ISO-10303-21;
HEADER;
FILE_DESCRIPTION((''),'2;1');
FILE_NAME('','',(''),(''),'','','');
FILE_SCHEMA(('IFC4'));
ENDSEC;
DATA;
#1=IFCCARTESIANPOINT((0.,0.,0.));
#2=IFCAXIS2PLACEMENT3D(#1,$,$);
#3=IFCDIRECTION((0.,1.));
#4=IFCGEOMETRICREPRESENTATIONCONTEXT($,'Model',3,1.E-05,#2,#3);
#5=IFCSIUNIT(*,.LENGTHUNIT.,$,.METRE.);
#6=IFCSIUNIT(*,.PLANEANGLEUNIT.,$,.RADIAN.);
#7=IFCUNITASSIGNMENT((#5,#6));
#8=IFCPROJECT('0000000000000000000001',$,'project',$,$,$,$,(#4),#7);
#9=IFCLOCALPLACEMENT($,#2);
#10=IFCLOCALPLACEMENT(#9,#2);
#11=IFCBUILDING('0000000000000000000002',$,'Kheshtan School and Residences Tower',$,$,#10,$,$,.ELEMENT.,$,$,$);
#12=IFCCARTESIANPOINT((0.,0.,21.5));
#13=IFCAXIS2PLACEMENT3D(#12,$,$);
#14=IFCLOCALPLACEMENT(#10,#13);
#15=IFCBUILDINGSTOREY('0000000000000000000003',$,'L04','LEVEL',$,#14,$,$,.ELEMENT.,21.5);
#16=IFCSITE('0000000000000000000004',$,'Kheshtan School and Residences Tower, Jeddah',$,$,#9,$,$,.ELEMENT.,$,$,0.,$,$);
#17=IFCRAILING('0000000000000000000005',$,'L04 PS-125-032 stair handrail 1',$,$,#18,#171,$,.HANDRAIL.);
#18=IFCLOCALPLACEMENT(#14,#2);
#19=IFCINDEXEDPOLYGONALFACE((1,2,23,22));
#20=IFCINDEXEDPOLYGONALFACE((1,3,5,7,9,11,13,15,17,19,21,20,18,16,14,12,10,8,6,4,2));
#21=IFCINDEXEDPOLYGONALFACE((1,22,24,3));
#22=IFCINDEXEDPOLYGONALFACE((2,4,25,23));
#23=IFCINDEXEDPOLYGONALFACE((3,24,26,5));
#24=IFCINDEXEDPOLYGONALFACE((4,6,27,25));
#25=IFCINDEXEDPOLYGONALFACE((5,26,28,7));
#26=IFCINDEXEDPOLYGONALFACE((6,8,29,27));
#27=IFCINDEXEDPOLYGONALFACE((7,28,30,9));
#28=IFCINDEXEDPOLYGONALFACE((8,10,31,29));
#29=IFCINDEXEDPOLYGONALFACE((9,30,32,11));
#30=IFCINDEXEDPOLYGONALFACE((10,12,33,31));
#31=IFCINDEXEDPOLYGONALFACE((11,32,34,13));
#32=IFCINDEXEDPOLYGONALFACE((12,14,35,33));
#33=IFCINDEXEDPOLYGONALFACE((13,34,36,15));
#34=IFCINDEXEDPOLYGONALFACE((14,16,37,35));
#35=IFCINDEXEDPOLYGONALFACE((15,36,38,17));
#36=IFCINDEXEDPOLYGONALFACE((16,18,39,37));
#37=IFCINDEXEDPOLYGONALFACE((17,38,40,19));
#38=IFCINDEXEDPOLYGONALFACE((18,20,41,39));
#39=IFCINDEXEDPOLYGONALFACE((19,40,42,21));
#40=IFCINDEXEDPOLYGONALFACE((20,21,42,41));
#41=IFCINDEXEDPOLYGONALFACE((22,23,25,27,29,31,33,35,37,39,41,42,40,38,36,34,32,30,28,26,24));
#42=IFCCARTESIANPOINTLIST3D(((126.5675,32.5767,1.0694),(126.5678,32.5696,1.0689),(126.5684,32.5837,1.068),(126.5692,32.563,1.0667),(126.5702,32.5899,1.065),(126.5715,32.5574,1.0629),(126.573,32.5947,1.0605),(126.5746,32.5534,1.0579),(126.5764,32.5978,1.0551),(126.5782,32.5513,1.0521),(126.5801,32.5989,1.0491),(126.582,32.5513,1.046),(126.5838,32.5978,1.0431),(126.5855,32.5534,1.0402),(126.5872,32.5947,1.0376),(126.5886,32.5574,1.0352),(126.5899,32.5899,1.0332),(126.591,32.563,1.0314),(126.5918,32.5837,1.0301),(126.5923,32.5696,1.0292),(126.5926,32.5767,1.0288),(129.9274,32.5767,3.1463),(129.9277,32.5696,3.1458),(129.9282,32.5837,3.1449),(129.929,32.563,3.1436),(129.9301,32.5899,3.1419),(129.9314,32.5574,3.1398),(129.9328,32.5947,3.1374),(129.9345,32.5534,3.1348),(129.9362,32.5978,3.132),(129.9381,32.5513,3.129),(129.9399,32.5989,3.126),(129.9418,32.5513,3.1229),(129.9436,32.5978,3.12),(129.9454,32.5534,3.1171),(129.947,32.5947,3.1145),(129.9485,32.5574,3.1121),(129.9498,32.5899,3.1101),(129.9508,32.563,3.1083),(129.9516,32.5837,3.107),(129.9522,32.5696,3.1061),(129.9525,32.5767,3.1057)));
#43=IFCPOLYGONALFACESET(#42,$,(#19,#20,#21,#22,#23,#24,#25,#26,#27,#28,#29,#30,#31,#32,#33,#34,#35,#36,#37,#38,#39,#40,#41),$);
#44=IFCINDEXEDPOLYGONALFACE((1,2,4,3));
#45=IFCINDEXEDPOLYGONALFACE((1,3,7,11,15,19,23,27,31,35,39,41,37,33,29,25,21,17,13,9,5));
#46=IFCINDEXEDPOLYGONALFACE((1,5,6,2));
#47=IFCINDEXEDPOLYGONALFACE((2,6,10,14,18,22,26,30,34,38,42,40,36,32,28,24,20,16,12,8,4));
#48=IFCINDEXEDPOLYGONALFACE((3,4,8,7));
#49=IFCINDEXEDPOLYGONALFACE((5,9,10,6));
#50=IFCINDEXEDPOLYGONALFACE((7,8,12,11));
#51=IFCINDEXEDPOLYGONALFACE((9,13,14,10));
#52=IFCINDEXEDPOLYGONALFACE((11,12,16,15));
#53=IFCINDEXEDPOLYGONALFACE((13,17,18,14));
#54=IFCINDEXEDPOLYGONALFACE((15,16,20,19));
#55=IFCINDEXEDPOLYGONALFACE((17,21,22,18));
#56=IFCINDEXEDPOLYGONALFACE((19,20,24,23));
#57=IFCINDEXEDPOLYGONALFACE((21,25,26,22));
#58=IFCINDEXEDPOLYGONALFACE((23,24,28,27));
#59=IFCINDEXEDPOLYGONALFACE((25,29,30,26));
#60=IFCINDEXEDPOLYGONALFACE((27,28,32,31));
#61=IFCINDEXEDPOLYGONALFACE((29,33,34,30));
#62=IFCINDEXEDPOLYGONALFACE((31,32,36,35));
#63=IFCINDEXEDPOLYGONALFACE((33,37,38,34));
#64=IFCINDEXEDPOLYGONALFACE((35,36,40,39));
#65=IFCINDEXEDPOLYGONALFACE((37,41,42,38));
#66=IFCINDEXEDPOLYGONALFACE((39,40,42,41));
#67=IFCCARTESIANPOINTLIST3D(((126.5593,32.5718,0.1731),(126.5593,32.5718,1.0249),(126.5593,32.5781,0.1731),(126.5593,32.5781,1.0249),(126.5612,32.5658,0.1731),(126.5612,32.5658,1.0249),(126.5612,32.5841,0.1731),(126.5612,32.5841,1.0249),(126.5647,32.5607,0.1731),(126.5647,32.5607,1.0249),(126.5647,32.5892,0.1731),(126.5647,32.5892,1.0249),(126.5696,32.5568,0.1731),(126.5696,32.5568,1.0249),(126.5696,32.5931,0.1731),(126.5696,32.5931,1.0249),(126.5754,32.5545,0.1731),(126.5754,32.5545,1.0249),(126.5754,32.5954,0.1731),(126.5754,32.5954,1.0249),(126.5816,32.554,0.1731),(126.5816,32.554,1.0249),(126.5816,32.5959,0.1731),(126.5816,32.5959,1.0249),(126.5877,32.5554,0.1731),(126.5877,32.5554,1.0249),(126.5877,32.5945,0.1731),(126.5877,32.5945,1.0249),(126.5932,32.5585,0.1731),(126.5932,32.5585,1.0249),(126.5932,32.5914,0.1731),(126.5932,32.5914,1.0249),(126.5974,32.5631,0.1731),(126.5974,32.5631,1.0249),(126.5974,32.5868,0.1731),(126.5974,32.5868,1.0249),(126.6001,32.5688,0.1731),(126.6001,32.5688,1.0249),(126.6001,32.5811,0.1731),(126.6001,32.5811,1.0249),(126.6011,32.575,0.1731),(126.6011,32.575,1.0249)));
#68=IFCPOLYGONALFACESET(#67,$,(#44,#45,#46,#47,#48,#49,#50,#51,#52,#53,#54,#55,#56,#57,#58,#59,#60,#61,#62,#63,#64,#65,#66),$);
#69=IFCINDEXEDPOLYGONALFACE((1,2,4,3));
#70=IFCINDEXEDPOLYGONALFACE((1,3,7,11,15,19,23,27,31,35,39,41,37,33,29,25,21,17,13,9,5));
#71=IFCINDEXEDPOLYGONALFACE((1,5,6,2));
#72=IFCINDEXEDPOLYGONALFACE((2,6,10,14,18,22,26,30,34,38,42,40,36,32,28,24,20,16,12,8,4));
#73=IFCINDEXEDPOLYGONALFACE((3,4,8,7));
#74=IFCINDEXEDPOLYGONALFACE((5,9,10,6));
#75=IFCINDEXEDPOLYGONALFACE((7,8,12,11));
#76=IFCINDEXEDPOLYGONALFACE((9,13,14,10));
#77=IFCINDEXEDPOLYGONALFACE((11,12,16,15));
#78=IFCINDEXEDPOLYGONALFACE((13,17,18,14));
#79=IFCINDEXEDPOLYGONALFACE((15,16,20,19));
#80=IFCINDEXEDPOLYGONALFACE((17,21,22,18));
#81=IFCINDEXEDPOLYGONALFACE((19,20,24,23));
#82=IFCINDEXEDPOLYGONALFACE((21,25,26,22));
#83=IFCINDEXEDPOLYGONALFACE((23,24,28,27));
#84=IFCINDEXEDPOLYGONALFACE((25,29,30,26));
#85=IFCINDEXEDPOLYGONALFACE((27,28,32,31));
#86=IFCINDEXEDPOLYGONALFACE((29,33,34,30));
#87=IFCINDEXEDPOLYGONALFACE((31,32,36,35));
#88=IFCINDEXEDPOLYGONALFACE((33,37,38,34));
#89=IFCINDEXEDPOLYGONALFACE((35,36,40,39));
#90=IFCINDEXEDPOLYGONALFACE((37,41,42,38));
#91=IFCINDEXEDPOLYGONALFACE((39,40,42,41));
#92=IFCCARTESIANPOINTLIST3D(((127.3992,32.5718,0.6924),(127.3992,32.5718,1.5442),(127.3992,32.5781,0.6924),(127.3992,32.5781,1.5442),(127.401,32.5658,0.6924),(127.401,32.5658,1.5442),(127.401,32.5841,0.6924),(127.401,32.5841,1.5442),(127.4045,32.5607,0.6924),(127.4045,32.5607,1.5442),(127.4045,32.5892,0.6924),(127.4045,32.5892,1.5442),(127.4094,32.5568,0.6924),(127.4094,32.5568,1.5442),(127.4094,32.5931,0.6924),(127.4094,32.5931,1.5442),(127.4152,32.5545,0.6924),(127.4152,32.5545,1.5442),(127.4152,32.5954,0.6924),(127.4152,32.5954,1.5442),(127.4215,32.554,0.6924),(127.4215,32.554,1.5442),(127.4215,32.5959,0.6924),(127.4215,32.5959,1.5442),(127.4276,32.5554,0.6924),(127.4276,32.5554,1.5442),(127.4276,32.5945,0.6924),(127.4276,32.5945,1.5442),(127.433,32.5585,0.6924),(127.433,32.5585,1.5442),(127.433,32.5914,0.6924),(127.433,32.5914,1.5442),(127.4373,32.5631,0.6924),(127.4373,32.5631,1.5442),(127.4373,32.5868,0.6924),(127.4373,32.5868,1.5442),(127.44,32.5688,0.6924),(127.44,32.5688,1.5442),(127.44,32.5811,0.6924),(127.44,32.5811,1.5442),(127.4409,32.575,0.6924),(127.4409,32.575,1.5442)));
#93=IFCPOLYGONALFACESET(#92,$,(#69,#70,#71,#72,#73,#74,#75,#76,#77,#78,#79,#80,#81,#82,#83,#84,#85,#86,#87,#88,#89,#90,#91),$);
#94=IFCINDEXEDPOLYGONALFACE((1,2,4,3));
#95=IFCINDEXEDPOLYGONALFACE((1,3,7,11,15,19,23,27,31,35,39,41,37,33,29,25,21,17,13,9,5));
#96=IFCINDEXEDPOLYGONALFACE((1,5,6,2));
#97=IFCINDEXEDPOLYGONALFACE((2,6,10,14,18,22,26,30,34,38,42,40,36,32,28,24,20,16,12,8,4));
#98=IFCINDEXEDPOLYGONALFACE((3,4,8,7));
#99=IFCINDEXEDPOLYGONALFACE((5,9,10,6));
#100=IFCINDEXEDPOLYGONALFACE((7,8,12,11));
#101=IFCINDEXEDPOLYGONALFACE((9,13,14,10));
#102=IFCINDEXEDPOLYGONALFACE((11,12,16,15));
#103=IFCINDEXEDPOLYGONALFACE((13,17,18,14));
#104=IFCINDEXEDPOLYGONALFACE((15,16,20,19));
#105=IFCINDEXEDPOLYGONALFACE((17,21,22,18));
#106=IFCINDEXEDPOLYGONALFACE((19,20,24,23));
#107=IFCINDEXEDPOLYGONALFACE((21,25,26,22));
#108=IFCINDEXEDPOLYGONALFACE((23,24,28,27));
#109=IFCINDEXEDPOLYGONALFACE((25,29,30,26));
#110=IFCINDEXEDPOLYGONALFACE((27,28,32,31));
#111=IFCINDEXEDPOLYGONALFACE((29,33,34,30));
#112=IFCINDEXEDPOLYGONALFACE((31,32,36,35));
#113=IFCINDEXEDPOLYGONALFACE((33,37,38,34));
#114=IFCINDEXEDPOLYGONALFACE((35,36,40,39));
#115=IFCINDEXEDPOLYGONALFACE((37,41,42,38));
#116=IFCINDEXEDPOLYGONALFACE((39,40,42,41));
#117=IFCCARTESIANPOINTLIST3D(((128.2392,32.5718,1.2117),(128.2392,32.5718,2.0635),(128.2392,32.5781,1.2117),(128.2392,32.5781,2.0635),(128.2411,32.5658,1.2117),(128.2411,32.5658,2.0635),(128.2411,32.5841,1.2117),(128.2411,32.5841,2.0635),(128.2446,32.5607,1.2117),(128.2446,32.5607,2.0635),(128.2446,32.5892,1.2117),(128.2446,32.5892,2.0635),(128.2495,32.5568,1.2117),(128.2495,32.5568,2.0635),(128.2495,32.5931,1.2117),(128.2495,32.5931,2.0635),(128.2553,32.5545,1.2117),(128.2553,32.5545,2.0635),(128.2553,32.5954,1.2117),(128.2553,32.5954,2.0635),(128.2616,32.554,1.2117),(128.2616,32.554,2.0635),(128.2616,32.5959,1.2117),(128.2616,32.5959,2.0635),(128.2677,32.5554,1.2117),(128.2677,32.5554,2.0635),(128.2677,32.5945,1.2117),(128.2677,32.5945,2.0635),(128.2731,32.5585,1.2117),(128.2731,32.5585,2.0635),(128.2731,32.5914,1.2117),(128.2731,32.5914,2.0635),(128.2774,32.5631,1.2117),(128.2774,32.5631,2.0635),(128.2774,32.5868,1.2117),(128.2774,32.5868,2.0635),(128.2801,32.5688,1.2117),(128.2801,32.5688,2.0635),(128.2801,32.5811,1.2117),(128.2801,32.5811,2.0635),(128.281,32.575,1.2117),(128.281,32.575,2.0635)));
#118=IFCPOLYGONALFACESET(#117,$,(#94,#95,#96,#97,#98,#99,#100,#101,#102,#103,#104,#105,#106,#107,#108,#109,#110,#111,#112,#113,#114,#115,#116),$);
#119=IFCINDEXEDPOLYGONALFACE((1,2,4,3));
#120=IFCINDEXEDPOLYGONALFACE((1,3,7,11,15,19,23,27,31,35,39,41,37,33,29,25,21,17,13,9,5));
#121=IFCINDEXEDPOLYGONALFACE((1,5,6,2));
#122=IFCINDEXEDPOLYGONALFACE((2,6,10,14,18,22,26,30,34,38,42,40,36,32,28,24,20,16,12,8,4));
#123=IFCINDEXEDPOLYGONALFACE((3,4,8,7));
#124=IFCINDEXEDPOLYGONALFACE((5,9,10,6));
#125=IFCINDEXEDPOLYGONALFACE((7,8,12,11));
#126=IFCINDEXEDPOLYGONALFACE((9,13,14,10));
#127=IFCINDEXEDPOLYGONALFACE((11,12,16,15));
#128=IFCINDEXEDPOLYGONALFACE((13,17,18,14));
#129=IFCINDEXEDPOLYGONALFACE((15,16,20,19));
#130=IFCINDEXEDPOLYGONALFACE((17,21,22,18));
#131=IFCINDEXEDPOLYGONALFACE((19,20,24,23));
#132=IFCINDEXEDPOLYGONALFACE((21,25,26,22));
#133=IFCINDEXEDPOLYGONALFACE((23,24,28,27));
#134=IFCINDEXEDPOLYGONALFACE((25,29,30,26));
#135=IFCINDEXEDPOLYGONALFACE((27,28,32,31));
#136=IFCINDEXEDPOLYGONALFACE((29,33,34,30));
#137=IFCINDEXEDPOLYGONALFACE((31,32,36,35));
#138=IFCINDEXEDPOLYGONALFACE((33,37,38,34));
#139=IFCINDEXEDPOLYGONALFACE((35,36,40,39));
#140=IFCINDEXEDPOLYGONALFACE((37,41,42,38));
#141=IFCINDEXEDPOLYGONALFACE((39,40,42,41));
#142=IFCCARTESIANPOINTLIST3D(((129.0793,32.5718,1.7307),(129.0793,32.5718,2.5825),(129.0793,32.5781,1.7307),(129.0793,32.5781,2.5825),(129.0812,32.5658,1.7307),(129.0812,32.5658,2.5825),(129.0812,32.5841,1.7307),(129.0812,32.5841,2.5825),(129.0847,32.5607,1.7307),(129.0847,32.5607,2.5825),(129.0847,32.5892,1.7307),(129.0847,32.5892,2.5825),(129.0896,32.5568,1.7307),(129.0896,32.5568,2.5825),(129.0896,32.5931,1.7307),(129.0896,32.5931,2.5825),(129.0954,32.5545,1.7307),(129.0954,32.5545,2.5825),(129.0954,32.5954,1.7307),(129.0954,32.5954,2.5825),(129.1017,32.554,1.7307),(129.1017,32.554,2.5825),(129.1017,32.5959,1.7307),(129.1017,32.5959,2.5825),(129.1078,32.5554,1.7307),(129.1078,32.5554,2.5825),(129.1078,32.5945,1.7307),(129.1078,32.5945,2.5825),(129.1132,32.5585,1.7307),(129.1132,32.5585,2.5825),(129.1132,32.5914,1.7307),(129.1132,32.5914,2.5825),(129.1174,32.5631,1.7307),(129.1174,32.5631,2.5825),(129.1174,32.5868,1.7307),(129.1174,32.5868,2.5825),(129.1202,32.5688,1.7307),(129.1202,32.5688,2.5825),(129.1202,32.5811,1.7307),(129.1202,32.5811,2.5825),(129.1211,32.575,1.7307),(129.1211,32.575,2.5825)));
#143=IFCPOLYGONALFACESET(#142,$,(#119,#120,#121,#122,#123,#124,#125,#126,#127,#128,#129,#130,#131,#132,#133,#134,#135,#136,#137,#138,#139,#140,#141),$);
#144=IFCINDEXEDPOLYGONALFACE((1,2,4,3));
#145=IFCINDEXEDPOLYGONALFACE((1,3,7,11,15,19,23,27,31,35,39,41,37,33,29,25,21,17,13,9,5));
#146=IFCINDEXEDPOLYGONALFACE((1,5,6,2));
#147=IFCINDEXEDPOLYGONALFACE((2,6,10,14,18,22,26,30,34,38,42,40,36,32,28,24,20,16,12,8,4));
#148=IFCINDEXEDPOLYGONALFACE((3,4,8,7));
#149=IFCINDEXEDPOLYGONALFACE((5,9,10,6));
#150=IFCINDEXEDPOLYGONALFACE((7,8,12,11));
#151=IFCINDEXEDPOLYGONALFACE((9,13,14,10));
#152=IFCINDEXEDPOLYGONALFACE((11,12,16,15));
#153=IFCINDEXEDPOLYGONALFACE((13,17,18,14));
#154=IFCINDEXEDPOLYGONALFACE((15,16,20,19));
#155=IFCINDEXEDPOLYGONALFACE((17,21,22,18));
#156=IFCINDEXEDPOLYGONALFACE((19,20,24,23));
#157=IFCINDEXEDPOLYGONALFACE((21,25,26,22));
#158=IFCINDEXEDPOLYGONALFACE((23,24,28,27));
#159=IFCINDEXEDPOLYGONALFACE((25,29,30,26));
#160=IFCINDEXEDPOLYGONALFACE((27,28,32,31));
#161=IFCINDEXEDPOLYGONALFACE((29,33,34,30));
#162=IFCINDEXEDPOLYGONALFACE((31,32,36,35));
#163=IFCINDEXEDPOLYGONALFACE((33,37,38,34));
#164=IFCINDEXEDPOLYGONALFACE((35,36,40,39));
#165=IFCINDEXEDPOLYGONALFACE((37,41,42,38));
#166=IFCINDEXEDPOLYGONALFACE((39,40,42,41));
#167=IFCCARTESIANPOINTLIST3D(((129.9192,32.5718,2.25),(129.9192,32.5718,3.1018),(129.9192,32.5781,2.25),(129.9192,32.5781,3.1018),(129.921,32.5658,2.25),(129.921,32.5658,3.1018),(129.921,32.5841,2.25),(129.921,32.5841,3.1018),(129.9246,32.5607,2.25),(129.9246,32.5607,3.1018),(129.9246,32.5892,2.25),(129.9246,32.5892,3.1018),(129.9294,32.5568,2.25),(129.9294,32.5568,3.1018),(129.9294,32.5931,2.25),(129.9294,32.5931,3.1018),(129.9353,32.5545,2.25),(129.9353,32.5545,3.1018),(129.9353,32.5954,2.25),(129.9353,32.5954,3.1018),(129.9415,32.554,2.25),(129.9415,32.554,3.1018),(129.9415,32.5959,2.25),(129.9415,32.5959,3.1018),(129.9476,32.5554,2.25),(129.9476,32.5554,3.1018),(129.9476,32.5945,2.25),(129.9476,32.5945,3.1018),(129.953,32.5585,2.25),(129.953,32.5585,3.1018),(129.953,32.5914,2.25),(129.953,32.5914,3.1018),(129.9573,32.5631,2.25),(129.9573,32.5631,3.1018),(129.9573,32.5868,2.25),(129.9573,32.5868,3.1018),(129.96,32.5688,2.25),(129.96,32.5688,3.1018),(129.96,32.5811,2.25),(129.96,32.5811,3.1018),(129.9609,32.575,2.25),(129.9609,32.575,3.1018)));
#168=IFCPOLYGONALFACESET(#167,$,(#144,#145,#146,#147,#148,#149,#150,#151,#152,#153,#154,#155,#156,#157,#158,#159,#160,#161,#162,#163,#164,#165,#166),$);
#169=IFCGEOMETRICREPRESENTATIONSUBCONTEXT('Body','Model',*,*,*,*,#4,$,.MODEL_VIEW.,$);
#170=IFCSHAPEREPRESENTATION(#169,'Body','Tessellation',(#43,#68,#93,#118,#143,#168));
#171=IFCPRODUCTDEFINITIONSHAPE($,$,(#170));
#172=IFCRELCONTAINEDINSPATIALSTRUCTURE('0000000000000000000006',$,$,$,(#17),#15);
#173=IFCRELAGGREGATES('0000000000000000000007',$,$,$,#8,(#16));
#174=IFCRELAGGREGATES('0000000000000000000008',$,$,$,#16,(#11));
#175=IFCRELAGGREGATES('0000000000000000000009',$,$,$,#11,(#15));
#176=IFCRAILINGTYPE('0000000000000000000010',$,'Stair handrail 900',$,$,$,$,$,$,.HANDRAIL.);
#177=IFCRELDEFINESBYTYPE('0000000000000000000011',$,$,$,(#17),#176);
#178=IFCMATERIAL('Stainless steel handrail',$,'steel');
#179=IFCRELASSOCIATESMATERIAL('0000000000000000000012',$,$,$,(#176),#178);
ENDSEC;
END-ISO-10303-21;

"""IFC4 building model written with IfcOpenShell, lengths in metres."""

from ifc_helpers import new_model, si_unit, direction, frame, origin, origin_2d, place, context, subcontext, project, spatial, circle, extrude, material, type_object, element, save


model = new_model("IFC4")

# Units and contexts
model_context = context("Model", 3, precision=1e-05, world=origin(), true_north=direction((0.0, 1.0)))
body_context = subcontext(model_context, "Body", "Model", "MODEL_VIEW")
ifc_project = project(units=[si_unit("LENGTHUNIT", "METRE"), si_unit("PLANEANGLEUNIT", "RADIAN")], contexts=[model_context])

# Site, building, storey
site_placement = place(None, origin())
site = spatial("IfcSite", under=ifc_project, at=site_placement, Name="Kheshtan School and Residences Tower, Jeddah", CompositionType="ELEMENT", RefElevation=0.0)
building_placement = place(site_placement, origin())
building = spatial("IfcBuilding", under=site, at=building_placement, Name="Kheshtan School and Residences Tower", CompositionType="ELEMENT")
storey_placement = place(building_placement, frame((0.0, 0.0, 21.5)))
storey = spatial("IfcBuildingStorey", under=building, at=storey_placement, Name="L04", Description="LEVEL", CompositionType="ELEMENT", Elevation=21.5)

# Railing
ifc_material_1 = material(Name="Stainless steel handrail", Category="steel")
railing_type_1 = type_object("IfcRailingType", Name="Stair handrail 900", PredefinedType="HANDRAIL", material=ifc_material_1)
railing_1_placement = place(storey_placement, frame((126.5801, 32.575, 0.1731)))
element("IfcRailing", 1, at=railing_1_placement, inside=storey, type_object=railing_type_1, Name="L04 PS-125-032 stair handrail 1", PredefinedType="HANDRAIL", context=body_context, shape_type="SweptSolid", body=[
    extrude(circle(Radius=0.0239, at=origin_2d()), frame((0.0, 0.0, 0.876), z_axis=(0.850606, 0.0, 0.525803), x_axis=(0.0, 1.0, 0.0)), (0.0, 0.0, 1.0), 3.95),
    extrude(circle(Radius=0.021, at=origin_2d()), origin(), (0.0, 0.0, 1.0), 0.8518),
    extrude(circle(Radius=0.021, at=origin_2d()), frame((0.8398, 0.0, 0.5193)), (0.0, 0.0, 1.0), 0.8518),
    extrude(circle(Radius=0.021, at=origin_2d()), frame((1.6799, 0.0, 1.0386)), (0.0, 0.0, 1.0), 0.8518),
    extrude(circle(Radius=0.021, at=origin_2d()), frame((2.52, 0.0, 1.5576)), (0.0, 0.0, 1.0), 0.8518),
    extrude(circle(Radius=0.021, at=origin_2d()), frame((3.3599, 0.0, 2.0769)), (0.0, 0.0, 1.0), 0.8518),
])

save(model, "model.ifc")
